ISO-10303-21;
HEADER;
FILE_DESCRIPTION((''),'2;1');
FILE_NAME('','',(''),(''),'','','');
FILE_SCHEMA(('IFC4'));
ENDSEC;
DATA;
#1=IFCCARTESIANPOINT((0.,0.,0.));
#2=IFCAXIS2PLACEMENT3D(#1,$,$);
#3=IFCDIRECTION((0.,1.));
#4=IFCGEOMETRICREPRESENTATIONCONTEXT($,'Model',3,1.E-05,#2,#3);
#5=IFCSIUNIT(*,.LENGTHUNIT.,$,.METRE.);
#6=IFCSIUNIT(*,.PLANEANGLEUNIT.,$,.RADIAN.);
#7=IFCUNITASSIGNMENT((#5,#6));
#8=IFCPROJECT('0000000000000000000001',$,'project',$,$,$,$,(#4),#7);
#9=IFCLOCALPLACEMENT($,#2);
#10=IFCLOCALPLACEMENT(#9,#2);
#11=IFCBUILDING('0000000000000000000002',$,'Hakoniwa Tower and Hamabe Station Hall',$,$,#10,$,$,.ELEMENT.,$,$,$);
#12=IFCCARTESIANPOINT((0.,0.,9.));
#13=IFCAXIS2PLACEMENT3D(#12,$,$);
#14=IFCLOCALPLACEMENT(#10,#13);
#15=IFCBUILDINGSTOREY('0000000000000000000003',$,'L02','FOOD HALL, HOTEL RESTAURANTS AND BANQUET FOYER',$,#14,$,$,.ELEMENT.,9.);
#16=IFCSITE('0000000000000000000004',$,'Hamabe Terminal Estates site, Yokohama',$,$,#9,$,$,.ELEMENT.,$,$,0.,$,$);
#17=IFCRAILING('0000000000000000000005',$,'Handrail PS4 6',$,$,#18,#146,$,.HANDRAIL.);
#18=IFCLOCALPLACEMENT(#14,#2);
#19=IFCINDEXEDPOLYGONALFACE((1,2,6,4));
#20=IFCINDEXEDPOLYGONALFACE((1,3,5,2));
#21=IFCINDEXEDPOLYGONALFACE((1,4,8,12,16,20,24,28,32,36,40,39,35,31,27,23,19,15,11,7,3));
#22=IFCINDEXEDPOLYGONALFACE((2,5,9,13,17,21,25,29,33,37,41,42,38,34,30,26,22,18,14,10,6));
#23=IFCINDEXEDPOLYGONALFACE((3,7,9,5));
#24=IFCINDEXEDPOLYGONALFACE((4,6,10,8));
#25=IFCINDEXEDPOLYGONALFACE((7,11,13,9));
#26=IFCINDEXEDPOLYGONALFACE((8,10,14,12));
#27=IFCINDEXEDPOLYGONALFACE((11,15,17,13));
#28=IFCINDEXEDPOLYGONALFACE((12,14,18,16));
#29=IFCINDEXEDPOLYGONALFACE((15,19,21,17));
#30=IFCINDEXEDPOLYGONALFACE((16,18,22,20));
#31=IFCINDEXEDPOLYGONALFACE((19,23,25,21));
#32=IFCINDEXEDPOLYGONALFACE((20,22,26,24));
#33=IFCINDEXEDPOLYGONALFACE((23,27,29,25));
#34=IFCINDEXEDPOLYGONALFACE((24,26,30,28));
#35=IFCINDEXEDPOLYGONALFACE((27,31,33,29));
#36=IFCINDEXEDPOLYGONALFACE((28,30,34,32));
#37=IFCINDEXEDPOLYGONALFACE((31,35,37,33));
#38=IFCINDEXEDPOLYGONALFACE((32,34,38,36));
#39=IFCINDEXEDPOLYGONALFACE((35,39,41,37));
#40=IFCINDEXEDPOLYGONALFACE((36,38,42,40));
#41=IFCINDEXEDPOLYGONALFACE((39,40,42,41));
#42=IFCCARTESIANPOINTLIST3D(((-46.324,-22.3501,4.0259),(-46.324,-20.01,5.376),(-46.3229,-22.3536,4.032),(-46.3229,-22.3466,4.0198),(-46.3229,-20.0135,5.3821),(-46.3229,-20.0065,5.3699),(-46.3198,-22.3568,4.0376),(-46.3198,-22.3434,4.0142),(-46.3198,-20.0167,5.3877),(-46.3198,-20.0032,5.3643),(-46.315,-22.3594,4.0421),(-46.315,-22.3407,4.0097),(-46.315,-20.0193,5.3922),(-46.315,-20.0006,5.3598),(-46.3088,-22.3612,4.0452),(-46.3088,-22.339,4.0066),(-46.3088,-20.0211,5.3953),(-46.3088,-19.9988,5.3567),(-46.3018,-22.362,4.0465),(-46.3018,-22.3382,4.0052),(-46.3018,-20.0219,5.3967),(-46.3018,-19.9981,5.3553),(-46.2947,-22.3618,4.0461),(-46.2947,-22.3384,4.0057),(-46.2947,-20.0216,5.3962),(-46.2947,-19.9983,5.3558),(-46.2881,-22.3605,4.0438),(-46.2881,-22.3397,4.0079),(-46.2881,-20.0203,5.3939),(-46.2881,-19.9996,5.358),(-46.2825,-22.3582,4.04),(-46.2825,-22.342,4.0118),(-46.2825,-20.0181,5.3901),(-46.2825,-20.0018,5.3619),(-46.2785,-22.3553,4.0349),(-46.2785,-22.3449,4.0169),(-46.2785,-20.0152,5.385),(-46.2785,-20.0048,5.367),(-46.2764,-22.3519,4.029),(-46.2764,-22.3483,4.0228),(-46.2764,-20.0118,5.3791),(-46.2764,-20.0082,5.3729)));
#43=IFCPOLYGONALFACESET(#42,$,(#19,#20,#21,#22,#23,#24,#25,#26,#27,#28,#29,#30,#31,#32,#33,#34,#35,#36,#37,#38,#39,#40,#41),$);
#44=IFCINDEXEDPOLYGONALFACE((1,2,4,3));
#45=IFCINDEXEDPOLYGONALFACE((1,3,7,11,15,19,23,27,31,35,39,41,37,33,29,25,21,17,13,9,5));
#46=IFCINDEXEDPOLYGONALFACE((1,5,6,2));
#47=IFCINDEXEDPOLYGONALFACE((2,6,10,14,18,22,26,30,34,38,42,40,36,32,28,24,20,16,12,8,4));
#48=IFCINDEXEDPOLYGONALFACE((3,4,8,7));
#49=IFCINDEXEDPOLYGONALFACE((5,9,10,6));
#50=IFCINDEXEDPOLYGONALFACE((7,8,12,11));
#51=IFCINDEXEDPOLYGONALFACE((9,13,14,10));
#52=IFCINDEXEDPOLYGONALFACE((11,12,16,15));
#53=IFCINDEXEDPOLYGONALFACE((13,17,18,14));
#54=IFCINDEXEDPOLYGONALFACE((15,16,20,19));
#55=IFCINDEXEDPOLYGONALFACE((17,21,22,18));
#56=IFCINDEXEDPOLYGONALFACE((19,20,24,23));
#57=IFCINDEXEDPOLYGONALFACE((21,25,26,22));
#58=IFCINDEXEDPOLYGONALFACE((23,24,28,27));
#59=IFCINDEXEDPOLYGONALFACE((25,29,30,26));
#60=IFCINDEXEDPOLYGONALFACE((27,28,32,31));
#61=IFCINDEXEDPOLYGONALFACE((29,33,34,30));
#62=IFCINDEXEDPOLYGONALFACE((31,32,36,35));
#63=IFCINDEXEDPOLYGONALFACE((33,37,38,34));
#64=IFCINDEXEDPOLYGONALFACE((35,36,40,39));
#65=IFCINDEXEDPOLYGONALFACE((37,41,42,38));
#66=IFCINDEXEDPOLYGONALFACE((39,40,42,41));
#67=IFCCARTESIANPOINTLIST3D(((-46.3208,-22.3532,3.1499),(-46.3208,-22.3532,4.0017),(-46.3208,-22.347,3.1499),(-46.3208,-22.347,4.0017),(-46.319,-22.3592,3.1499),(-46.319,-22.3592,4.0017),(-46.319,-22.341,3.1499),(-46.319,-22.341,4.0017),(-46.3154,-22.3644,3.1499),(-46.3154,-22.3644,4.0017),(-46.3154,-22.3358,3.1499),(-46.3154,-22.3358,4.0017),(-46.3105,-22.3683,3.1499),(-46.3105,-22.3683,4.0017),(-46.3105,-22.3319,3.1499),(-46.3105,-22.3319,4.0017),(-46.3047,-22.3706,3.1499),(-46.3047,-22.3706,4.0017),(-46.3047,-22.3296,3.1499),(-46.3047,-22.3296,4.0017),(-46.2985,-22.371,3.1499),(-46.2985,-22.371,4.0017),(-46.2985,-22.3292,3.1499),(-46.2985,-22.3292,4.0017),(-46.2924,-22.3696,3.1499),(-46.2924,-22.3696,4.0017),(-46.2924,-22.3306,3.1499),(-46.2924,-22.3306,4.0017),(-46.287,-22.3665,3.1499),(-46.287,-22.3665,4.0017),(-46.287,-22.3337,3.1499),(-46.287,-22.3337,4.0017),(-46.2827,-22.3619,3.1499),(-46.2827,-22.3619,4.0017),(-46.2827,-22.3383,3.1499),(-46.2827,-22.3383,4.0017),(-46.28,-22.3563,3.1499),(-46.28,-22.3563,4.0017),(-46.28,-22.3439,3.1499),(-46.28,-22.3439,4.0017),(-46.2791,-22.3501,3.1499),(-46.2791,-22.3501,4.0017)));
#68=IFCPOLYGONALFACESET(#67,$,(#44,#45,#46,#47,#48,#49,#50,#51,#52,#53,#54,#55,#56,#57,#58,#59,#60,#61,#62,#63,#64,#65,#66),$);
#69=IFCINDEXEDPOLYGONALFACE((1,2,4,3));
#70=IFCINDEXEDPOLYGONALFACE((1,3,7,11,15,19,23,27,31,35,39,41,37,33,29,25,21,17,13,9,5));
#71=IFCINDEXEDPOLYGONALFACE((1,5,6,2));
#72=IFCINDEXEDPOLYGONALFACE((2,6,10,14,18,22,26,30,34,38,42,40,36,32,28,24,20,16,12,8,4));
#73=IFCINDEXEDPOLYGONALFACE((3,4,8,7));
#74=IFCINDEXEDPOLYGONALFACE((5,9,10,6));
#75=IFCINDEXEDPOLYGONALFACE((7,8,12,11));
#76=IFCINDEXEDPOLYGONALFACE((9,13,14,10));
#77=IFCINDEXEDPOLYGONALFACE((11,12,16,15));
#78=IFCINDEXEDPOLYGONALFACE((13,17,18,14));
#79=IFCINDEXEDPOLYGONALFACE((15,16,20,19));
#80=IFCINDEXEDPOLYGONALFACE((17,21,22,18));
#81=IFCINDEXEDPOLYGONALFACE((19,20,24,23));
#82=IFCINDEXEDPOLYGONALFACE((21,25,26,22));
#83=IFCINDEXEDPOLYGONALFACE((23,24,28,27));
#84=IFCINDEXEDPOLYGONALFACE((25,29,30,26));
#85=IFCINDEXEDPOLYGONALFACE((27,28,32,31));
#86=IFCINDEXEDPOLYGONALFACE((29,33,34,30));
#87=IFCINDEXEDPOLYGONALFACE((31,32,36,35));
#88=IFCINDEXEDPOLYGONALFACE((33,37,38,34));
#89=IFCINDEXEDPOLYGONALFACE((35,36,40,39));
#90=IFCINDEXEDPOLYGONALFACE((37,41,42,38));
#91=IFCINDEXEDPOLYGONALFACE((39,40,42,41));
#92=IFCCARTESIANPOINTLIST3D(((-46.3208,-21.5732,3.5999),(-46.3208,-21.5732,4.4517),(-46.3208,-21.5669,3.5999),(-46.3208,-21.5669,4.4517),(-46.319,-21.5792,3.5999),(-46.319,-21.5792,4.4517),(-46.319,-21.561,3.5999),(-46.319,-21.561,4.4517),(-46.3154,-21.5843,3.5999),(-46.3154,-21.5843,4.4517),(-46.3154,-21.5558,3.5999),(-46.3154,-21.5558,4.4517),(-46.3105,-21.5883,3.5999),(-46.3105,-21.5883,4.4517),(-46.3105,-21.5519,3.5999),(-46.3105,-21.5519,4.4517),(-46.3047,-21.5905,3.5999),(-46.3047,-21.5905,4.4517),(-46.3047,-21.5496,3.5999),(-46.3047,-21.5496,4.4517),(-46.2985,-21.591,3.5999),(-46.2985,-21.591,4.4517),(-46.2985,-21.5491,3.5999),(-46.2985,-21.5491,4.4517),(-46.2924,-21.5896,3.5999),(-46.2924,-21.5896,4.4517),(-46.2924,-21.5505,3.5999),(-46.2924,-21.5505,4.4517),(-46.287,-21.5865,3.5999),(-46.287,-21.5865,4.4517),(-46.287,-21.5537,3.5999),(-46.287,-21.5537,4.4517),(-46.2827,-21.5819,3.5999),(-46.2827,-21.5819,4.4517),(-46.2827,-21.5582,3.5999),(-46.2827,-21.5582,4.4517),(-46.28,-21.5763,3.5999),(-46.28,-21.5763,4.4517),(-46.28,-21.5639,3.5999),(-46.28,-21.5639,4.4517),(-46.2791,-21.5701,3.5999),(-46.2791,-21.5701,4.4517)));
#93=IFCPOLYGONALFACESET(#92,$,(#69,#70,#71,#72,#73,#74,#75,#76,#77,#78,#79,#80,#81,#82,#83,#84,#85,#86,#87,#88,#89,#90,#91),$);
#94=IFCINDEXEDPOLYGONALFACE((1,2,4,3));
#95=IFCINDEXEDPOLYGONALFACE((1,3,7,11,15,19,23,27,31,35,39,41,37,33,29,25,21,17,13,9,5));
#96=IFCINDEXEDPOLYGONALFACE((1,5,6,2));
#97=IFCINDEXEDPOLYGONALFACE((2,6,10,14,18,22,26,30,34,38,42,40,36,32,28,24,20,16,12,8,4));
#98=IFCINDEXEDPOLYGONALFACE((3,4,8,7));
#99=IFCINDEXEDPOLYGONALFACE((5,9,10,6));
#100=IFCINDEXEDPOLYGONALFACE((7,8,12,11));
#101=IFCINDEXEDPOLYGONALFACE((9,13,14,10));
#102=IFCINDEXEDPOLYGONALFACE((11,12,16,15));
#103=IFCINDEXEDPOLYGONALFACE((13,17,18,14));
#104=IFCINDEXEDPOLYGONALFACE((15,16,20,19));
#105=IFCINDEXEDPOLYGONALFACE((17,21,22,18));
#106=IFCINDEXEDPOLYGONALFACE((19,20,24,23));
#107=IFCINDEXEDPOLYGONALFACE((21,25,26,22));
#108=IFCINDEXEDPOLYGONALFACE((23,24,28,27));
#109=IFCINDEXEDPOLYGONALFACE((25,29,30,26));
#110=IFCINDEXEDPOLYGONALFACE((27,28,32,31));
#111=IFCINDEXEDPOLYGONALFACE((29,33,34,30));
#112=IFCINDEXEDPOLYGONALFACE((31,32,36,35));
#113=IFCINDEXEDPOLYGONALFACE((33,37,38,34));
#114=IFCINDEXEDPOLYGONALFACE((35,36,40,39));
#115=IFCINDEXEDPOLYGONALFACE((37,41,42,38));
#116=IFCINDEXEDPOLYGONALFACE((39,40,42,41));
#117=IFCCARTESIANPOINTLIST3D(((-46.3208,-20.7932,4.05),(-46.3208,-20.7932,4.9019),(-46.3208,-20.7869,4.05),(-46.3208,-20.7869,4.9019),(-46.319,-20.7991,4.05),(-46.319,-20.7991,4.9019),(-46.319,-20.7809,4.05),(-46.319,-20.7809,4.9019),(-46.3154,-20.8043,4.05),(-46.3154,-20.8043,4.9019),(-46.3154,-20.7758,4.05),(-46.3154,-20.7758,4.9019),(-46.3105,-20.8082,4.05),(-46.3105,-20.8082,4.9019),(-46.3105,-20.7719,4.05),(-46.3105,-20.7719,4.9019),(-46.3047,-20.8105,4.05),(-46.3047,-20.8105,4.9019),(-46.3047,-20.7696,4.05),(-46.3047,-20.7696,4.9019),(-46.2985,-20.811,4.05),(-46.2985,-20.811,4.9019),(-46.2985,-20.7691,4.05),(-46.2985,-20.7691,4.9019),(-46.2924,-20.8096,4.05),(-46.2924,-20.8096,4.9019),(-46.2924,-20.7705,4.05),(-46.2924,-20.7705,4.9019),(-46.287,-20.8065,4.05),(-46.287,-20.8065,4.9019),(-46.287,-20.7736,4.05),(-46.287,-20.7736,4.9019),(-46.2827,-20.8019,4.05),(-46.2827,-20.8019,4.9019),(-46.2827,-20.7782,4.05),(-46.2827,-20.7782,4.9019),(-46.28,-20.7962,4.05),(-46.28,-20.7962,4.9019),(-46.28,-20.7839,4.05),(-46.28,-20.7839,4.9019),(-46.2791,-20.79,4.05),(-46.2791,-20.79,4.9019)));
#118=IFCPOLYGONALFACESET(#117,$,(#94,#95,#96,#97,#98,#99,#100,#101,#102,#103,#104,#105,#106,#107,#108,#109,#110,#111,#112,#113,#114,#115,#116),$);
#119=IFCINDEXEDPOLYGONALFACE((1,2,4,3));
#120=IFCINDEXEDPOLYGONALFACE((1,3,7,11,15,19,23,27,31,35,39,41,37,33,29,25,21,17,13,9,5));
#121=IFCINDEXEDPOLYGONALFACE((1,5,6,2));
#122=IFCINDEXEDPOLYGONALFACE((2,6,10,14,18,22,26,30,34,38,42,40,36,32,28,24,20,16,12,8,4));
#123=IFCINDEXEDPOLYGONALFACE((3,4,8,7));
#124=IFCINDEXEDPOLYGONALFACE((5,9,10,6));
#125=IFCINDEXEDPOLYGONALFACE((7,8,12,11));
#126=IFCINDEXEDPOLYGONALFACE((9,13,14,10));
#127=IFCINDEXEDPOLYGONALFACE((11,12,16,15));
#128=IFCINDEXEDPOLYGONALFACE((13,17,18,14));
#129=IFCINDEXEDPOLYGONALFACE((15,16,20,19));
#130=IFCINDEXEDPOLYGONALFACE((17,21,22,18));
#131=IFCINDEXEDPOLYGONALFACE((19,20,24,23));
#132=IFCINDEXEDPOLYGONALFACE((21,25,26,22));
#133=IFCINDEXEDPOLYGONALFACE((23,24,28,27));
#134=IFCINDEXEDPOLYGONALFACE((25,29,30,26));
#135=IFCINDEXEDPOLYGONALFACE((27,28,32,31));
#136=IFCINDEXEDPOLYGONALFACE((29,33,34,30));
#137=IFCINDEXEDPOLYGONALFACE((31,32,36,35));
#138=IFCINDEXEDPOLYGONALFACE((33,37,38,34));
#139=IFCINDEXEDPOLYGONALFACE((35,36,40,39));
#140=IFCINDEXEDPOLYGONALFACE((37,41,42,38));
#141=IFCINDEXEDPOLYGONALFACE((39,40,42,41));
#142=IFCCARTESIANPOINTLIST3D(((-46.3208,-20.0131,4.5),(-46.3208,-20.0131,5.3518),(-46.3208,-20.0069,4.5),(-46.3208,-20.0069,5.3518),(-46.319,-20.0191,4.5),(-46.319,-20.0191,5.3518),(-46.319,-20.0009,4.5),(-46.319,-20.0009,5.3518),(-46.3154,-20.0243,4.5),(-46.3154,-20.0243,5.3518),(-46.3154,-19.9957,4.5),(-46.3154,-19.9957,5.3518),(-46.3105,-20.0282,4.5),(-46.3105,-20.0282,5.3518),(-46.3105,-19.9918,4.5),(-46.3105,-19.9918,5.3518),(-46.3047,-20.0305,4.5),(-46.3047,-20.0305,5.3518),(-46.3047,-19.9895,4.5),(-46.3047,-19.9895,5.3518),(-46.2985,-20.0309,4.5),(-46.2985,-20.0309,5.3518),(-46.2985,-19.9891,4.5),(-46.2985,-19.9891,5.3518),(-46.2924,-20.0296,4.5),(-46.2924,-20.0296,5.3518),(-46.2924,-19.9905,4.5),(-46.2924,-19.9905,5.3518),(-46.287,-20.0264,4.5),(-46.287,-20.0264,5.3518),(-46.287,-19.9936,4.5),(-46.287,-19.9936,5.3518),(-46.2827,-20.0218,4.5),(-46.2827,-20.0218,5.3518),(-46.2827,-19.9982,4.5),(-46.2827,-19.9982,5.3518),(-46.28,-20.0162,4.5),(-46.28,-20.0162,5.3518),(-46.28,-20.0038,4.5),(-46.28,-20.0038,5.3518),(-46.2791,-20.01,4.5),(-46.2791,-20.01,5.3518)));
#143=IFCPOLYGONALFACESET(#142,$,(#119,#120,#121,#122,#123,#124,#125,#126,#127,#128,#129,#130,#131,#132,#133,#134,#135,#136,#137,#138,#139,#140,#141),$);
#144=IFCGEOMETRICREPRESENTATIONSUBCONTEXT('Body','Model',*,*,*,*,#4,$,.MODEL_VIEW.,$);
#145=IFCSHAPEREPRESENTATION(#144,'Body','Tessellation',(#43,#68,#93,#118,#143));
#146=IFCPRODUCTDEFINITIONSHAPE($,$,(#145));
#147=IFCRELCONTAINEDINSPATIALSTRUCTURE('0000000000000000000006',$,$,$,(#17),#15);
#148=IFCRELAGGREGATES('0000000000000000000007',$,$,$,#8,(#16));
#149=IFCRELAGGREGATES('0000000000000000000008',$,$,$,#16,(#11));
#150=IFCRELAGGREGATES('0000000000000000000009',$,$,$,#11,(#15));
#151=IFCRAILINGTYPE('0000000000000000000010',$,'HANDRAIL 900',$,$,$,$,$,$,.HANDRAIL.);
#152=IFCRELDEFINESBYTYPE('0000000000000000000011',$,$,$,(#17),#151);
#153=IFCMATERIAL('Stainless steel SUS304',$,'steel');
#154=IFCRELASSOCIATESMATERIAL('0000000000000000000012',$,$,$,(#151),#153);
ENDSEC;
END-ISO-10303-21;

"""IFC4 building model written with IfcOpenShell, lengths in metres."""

from ifc_helpers import new_model, si_unit, direction, frame, origin, origin_2d, place, context, subcontext, project, spatial, circle, extrude, material, type_object, element, save


model = new_model("IFC4")

# Units and contexts
model_context = context("Model", 3, precision=1e-05, world=origin(), true_north=direction((0.0, 1.0)))
body_context = subcontext(model_context, "Body", "Model", "MODEL_VIEW")
ifc_project = project(units=[si_unit("LENGTHUNIT", "METRE"), si_unit("PLANEANGLEUNIT", "RADIAN")], contexts=[model_context])

# Site, building, storey
site_placement = place(None, origin())
site = spatial("IfcSite", under=ifc_project, at=site_placement, Name="Hamabe Terminal Estates site, Yokohama", CompositionType="ELEMENT", RefElevation=0.0)
building_placement = place(site_placement, origin())
building = spatial("IfcBuilding", under=site, at=building_placement, Name="Hakoniwa Tower and Hamabe Station Hall", CompositionType="ELEMENT")
storey_placement = place(building_placement, frame((0.0, 0.0, 9.0)))
storey = spatial("IfcBuildingStorey", under=building, at=storey_placement, Name="L02", Description="FOOD HALL, HOTEL RESTAURANTS AND BANQUET FOYER", CompositionType="ELEMENT", Elevation=9.0)

# Railing
ifc_material_1 = material(Name="Stainless steel SUS304", Category="steel")
railing_type_1 = type_object("IfcRailingType", Name="HANDRAIL 900", PredefinedType="HANDRAIL", material=ifc_material_1)
for number, where, name in (
    (1, (-46.3, -22.3501, 3.1499), "Handrail PS4 6"),
):
    element("IfcRailing", number, at=place(storey_placement, frame(where)), inside=storey, type_object=railing_type_1, Name=name, PredefinedType="HANDRAIL", context=body_context, shape_type="SweptSolid", body=[
        extrude(circle(Radius=0.0239, at=origin_2d()), frame((0.0, 0.0, 0.876), z_axis=(0.0, 0.866178, 0.499735), x_axis=(-1.0, 0.0, 0.0)), (0.0, 0.0, 1.0), 2.7017),
        extrude(circle(Radius=0.021, at=origin_2d()), origin(), (0.0, 0.0, 1.0), 0.8518),
        extrude(circle(Radius=0.021, at=origin_2d()), frame((0.0, 0.78, 0.45)), (0.0, 0.0, 1.0), 0.8518),
        extrude(circle(Radius=0.021, at=origin_2d()), frame((0.0, 1.5601, 0.9001)), (0.0, 0.0, 1.0), 0.8518),
        extrude(circle(Radius=0.021, at=origin_2d()), frame((0.0, 2.3401, 1.3501)), (0.0, 0.0, 1.0), 0.8518),
    ])

save(model, "model.ifc")
